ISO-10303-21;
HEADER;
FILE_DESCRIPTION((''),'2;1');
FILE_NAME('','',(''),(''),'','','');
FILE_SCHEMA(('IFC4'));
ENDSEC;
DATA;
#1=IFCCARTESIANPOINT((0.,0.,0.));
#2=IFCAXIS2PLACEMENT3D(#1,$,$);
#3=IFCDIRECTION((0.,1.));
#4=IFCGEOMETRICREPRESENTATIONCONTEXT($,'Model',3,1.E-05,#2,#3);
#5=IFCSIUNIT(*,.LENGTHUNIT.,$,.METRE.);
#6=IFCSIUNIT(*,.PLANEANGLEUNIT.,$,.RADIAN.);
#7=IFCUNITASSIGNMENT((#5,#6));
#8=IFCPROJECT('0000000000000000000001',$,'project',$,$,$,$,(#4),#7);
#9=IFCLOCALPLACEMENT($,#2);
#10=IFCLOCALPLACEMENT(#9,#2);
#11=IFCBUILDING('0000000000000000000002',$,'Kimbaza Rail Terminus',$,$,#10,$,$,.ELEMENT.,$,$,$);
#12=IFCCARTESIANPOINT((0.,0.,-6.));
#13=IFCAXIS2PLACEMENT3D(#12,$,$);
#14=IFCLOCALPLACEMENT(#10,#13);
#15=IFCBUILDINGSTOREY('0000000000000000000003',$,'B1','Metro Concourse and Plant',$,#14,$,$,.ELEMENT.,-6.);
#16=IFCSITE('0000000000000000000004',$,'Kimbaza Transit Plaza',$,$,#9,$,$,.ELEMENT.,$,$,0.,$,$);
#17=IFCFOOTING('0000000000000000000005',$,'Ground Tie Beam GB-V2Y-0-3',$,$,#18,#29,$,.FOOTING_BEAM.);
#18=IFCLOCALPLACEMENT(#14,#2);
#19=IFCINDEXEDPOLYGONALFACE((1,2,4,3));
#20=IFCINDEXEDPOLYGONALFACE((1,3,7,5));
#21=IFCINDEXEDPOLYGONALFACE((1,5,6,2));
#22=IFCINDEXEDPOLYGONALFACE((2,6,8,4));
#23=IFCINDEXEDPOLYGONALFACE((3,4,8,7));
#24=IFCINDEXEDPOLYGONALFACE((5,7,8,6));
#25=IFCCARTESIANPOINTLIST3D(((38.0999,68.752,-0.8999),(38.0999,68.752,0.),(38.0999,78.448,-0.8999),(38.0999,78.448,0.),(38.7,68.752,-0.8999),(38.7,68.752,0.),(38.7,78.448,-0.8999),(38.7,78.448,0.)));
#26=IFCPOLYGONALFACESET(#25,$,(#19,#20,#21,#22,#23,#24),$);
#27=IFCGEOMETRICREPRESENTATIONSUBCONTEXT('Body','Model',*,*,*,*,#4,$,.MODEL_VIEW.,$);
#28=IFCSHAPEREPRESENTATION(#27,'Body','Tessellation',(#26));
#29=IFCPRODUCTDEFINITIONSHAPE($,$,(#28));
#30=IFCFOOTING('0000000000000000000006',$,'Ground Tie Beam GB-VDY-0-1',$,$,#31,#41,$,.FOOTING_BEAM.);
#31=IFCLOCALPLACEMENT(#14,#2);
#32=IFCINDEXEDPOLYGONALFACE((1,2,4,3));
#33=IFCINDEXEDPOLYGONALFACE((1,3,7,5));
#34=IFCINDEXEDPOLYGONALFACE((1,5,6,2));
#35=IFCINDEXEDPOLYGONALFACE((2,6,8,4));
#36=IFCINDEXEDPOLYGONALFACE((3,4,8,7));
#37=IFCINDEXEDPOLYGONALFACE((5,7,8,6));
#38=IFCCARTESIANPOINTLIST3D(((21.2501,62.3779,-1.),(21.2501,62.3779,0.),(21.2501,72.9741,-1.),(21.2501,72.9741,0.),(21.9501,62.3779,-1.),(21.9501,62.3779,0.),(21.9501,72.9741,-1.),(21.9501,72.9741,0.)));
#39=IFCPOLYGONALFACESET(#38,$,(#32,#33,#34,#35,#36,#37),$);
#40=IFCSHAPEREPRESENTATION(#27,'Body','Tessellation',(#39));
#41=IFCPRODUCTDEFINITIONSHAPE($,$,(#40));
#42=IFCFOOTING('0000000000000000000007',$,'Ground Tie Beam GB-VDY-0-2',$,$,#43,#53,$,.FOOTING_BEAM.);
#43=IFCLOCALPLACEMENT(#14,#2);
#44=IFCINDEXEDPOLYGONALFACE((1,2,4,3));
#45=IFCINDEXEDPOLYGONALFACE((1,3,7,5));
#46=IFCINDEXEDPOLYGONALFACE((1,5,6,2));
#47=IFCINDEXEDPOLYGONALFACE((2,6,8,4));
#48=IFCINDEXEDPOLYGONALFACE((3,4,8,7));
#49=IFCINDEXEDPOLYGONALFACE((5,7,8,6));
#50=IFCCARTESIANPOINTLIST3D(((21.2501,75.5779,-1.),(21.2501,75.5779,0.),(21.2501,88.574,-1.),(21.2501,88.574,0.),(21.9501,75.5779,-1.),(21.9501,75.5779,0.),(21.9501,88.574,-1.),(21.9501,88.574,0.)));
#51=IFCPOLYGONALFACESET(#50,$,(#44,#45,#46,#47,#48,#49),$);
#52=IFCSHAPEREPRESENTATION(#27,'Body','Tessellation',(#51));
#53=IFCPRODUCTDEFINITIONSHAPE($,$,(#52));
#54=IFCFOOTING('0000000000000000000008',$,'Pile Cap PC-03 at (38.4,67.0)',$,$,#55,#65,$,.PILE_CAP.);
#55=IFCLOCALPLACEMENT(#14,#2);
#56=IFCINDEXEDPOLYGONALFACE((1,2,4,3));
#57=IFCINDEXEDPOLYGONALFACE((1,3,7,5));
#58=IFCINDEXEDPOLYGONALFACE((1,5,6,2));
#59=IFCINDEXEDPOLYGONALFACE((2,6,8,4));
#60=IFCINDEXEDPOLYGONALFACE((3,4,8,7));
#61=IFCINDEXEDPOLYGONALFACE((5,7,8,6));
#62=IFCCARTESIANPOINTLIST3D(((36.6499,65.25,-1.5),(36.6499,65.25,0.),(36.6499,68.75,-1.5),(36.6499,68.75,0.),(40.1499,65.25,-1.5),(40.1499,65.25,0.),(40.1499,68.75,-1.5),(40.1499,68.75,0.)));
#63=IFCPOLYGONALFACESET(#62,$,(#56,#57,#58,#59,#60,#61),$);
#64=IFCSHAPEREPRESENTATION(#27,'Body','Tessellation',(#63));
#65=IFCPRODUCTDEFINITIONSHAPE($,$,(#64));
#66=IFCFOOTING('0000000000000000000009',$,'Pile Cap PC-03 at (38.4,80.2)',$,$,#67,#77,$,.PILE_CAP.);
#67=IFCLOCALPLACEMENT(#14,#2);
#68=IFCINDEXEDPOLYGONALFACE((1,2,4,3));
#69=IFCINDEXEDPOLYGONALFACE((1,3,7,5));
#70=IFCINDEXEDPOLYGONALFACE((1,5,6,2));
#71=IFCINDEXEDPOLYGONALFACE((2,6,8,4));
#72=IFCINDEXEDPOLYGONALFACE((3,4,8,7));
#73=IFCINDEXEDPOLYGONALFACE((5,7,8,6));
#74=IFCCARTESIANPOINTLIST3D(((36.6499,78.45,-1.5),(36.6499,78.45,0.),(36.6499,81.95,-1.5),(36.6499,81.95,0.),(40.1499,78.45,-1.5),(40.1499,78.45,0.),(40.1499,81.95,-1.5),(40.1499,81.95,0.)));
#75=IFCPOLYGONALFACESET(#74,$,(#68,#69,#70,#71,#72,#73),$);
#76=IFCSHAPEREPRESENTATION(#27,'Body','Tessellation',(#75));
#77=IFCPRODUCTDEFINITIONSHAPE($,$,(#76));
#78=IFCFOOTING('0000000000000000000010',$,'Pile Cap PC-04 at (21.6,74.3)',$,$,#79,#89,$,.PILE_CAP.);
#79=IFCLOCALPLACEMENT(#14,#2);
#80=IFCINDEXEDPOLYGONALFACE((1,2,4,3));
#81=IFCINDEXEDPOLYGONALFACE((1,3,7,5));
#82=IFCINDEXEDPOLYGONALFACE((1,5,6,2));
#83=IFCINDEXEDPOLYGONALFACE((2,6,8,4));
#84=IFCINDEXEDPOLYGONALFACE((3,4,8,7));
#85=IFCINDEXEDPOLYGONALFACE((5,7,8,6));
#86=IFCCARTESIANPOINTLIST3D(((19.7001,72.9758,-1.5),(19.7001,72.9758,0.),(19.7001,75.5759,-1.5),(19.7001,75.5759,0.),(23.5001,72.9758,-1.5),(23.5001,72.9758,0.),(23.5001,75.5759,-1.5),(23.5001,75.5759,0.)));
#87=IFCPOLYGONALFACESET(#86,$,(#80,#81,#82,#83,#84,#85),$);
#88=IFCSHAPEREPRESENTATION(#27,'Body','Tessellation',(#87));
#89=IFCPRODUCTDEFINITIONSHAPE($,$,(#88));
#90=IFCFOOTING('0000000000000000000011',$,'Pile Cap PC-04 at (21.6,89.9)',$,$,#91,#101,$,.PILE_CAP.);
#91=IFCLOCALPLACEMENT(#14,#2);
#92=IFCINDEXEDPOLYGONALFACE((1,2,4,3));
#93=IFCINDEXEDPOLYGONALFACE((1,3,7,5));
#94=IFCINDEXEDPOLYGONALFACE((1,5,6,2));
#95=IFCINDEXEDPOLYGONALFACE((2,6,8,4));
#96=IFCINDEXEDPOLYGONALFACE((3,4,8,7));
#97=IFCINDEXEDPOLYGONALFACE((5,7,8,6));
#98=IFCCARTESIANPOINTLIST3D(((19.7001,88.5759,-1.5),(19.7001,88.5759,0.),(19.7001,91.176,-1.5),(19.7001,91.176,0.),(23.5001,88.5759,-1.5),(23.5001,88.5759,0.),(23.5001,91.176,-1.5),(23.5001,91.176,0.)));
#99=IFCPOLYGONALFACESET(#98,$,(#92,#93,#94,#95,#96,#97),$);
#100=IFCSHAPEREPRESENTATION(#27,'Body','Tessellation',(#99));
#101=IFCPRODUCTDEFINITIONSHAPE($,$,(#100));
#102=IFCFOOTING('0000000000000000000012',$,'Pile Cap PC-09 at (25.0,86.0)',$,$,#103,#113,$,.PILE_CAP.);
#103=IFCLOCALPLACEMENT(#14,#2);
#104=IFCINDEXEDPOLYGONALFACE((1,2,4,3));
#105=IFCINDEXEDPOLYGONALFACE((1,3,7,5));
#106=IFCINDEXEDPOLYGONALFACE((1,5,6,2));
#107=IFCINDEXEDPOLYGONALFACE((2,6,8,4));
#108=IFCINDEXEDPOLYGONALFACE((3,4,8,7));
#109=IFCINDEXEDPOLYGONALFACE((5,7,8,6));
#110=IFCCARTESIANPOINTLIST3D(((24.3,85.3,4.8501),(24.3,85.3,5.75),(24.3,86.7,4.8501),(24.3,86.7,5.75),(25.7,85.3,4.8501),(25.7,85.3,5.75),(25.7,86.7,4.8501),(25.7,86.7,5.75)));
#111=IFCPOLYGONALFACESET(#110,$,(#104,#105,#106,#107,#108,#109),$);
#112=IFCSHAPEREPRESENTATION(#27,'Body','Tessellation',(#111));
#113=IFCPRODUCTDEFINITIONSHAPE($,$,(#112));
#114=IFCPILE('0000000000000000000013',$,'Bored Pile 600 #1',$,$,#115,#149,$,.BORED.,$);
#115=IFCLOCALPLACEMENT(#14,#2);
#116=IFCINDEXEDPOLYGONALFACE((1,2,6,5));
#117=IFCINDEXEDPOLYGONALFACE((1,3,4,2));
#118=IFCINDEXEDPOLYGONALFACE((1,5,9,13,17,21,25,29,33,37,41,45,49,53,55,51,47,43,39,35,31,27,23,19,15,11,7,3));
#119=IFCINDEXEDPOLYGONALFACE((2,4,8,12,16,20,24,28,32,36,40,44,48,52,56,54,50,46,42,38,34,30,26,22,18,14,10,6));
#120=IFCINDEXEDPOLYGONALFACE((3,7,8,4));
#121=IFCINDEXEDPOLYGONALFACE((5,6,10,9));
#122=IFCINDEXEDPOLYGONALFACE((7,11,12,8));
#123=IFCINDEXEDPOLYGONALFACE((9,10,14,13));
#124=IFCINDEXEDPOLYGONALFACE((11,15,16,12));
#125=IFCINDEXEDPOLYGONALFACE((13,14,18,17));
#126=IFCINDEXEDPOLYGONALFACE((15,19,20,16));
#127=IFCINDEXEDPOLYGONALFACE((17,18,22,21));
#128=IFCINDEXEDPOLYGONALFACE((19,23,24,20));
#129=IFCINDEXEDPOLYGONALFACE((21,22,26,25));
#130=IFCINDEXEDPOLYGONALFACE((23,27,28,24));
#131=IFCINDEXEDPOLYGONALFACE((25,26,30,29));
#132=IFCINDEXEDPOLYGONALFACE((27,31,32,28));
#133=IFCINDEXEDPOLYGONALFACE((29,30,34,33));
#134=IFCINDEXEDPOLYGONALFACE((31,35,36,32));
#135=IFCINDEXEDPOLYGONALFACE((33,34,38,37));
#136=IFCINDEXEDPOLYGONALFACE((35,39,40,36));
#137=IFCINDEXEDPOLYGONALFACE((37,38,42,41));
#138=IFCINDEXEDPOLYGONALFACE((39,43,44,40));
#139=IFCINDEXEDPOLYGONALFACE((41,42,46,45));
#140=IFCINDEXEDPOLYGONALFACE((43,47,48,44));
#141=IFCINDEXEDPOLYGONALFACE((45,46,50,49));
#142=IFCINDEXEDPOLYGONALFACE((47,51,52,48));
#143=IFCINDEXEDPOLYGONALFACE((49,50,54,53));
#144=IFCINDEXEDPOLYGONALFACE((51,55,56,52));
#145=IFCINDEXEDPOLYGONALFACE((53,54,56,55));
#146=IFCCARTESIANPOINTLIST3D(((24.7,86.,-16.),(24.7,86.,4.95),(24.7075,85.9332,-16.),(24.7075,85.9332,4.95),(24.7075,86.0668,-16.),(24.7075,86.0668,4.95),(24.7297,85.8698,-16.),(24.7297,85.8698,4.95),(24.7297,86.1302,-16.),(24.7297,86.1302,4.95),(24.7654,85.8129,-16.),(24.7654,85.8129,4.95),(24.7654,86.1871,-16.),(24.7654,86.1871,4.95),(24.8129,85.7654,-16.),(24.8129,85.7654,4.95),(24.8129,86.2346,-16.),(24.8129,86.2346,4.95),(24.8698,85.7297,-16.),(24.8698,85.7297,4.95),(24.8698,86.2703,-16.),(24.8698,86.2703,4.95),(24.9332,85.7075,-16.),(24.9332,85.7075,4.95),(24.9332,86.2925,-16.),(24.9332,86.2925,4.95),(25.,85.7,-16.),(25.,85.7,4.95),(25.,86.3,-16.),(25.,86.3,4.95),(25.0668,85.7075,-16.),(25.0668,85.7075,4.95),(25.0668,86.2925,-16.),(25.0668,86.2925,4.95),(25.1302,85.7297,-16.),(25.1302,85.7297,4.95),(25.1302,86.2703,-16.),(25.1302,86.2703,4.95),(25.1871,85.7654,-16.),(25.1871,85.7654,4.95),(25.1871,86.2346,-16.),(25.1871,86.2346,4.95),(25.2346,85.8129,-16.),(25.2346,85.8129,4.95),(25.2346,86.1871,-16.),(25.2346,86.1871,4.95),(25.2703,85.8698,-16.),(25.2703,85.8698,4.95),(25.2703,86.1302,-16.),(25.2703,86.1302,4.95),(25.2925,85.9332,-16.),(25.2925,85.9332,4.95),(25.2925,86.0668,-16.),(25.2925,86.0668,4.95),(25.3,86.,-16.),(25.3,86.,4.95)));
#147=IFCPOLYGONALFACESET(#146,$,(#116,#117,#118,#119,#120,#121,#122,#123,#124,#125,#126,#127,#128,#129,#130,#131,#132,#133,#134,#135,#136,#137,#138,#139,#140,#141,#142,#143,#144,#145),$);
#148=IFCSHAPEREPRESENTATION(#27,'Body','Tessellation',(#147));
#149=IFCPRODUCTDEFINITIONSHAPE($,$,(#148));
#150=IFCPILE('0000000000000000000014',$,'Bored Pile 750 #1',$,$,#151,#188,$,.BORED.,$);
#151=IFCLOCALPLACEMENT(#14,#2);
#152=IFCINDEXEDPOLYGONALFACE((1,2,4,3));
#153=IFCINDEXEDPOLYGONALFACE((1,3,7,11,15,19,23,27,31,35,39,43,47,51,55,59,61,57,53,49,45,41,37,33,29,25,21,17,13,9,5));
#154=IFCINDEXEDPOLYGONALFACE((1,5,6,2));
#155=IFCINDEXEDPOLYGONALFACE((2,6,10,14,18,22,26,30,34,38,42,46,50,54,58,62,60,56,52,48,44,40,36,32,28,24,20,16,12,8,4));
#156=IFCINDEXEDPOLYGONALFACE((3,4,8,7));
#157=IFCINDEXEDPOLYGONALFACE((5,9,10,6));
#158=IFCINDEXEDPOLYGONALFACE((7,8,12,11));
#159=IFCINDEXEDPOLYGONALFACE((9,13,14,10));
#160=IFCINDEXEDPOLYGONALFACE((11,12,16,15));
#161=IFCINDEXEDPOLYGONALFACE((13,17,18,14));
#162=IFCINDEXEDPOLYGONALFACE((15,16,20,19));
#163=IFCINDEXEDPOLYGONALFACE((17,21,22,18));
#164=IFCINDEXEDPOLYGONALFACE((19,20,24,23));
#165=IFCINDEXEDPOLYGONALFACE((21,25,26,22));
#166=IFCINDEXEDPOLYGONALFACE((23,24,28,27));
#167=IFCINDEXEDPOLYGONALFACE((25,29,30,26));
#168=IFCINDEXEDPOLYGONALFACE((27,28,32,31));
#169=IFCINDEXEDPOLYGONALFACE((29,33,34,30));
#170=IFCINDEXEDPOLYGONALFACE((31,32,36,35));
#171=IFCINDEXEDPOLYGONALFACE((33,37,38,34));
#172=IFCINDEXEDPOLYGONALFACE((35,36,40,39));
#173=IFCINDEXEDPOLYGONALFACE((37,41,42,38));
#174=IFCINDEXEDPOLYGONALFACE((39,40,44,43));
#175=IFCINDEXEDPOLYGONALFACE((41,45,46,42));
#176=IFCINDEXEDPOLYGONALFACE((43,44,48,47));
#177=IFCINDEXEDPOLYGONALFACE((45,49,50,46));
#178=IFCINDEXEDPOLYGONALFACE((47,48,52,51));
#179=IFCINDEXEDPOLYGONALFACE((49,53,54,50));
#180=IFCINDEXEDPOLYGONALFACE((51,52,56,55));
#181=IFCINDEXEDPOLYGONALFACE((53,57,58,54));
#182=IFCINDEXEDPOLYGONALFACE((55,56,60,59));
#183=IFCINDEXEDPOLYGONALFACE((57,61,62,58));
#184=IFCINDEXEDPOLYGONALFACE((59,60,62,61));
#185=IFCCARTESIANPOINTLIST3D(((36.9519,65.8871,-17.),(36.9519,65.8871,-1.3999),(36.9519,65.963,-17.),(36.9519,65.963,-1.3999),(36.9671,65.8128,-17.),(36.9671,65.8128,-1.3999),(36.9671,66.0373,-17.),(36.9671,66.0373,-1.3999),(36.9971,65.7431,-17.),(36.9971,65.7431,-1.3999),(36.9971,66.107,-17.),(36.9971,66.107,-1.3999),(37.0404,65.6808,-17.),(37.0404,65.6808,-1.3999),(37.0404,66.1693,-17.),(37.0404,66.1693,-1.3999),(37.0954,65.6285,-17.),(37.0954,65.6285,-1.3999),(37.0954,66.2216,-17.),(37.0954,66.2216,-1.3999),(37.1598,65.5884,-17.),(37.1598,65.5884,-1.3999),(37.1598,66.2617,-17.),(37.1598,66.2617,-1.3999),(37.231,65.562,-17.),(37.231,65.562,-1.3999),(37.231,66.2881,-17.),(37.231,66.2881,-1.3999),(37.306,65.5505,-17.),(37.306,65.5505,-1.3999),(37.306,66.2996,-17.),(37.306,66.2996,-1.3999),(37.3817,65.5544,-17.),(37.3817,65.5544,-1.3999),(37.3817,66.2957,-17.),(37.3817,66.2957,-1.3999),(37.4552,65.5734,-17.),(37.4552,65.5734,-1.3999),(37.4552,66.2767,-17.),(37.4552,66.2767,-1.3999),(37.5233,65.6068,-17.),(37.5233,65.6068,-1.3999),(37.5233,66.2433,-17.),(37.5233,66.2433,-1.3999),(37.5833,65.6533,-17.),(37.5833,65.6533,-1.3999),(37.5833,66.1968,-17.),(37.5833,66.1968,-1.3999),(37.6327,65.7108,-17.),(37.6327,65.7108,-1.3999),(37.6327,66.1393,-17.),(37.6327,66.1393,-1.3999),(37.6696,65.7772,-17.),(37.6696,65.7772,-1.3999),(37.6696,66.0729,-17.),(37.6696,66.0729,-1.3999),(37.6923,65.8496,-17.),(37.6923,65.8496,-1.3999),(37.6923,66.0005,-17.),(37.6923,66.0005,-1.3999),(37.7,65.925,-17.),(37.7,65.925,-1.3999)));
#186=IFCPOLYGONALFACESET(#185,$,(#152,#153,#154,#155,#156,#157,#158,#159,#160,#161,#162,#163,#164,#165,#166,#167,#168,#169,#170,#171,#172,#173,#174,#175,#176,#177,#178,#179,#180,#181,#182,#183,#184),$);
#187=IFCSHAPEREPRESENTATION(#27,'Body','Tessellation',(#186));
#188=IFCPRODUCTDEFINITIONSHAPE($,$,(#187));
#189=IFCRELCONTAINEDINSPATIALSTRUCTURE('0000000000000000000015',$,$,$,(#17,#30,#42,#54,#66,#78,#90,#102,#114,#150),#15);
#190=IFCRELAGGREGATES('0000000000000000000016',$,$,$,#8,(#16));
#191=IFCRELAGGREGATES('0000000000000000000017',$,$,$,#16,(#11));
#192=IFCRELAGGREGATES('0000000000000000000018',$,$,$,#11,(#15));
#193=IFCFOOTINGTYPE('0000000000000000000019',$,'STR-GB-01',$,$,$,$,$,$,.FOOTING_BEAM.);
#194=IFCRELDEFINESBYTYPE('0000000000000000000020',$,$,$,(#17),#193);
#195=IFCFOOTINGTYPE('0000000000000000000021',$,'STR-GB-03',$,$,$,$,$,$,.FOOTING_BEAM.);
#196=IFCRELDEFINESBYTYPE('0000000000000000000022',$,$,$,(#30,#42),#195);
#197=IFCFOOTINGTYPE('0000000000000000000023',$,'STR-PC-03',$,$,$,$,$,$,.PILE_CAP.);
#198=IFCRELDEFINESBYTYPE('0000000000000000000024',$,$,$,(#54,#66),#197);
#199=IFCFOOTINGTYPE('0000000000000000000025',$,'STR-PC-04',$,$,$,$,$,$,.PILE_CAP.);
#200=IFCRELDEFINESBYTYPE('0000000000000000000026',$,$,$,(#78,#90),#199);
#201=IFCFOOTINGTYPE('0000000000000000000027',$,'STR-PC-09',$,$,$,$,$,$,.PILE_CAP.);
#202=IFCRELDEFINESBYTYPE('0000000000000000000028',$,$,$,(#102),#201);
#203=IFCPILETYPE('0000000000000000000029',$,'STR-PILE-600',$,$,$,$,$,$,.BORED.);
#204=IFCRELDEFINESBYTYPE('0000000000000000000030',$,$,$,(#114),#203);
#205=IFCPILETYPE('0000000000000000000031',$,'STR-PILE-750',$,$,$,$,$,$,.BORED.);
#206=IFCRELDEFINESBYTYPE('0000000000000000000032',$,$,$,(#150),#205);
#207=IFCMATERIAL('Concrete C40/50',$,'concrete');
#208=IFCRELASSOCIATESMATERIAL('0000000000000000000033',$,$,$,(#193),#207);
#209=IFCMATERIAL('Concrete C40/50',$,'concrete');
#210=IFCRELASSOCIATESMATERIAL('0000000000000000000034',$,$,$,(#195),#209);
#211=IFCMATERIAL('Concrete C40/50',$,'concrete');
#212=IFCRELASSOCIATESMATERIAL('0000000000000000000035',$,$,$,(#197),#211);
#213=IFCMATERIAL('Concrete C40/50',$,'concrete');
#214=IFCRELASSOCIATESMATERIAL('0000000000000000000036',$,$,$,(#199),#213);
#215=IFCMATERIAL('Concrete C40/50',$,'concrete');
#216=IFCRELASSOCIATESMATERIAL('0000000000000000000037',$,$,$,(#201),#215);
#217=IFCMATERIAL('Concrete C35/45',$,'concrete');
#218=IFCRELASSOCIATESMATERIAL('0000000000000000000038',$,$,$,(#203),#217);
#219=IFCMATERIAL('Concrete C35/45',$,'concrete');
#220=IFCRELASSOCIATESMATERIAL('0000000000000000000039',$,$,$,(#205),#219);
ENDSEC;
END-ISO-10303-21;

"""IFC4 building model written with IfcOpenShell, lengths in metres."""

from ifc_helpers import new_model, si_unit, direction, frame, origin, origin_2d, place, context, subcontext, project, spatial, rectangle, circle, extrude, material, material_profile, profile_set, type_object, element, save


model = new_model("IFC4")

# Units and contexts
model_context = context("Model", 3, precision=1e-05, world=origin(), true_north=direction((0.0, 1.0)))
body_context = subcontext(model_context, "Body", "Model", "MODEL_VIEW")
ifc_project = project(units=[si_unit("LENGTHUNIT", "METRE"), si_unit("PLANEANGLEUNIT", "RADIAN")], contexts=[model_context])

# Site, building, storey
site_placement = place(None, origin())
site = spatial("IfcSite", under=ifc_project, at=site_placement, Name="Kimbaza Transit Plaza", CompositionType="ELEMENT", RefElevation=0.0)
building_placement = place(site_placement, origin())
building = spatial("IfcBuilding", under=site, at=building_placement, Name="Kimbaza Rail Terminus", CompositionType="ELEMENT")
storey_placement = place(building_placement, frame((0.0, 0.0, -6.0)))
storey = spatial("IfcBuildingStorey", under=building, at=storey_placement, Name="B1", Description="Metro Concourse and Plant", CompositionType="ELEMENT", Elevation=-6.0)

# Footings
ifc_material_1 = material(Name="Concrete C40/50", Category="concrete")
ifc_material_profile_1 = material_profile(ifc_material_1, rectangle(XDim=0.6001, YDim=0.8999, at=origin_2d()), Name="GB-01 600x900")
ifc_profile_set_1 = profile_set([ifc_material_profile_1], Name="Concrete C40/50")
footing_type_1 = type_object("IfcFootingType", Name="STR-GB-01", PredefinedType="FOOTING_BEAM", material=ifc_profile_set_1)
footing_1_placement = place(storey_placement, frame((38.3999, 68.752, -0.45), z_axis=(0.0, 1.0, 0.0), x_axis=(-1.0, 0.0, 0.0)))
element("IfcFooting", 1, at=footing_1_placement, inside=storey, type_object=footing_type_1, Name="Ground Tie Beam GB-V2Y-0-3", PredefinedType="FOOTING_BEAM", context=body_context, shape_type="SweptSolid", body=[
    extrude(rectangle(XDim=0.6001, YDim=0.8999, at=origin_2d()), origin(), (0.0, 0.0, 1.0), 9.696),
])
ifc_material_2 = material(Name="Concrete C40/50", Category="concrete")
ifc_material_profile_2 = material_profile(ifc_material_2, rectangle(XDim=0.7, YDim=1.0, at=origin_2d()), Name="GB-03 700x1000")
ifc_profile_set_2 = profile_set([ifc_material_profile_2], Name="Concrete C40/50")
footing_type_2 = type_object("IfcFootingType", Name="STR-GB-03", PredefinedType="FOOTING_BEAM", material=ifc_profile_set_2)
footing_2_placement = place(storey_placement, frame((21.6001, 62.3779, -0.5), z_axis=(0.0, 1.0, 0.0), x_axis=(-1.0, 0.0, 0.0)))
element("IfcFooting", 2, at=footing_2_placement, inside=storey, type_object=footing_type_2, Name="Ground Tie Beam GB-VDY-0-1", PredefinedType="FOOTING_BEAM", context=body_context, shape_type="SweptSolid", body=[
    extrude(rectangle(XDim=0.7, YDim=1.0, at=origin_2d()), origin(), (0.0, 0.0, 1.0), 10.5962),
])
footing_3_placement = place(storey_placement, frame((21.6001, 75.5779, -0.5), z_axis=(0.0, 1.0, 0.0), x_axis=(-1.0, 0.0, 0.0)))
element("IfcFooting", 3, at=footing_3_placement, inside=storey, type_object=footing_type_2, Name="Ground Tie Beam GB-VDY-0-2", PredefinedType="FOOTING_BEAM", context=body_context, shape_type="SweptSolid", body=[
    extrude(rectangle(XDim=0.7, YDim=1.0, at=origin_2d()), origin(), (0.0, 0.0, 1.0), 12.9961),
])
ifc_material_3 = material(Name="Concrete C40/50", Category="concrete")
footing_type_3 = type_object("IfcFootingType", Name="STR-PC-03", PredefinedType="PILE_CAP", material=ifc_material_3)
for number, where, z_axis, x_axis, name in (
    (4, (38.3999, 67.0, -1.5), (0.0, 0.0, 1.0), (1.0, 0.0, 0.0), "Pile Cap PC-03 at (38.4,67.0)"),
    (5, (38.3999, 80.2, -1.5), (0.0, 0.0, 1.0), (1.0, 0.0, 0.0), "Pile Cap PC-03 at (38.4,80.2)"),
):
    element("IfcFooting", number, at=place(storey_placement, frame(where, z_axis=z_axis, x_axis=x_axis)), inside=storey, type_object=footing_type_3, Name=name, PredefinedType="PILE_CAP", context=body_context, shape_type="SweptSolid", body=[
        extrude(rectangle(XDim=3.5, YDim=3.5, at=origin_2d()), origin(), (0.0, 0.0, 1.0), 1.5),
    ])
ifc_material_4 = material(Name="Concrete C40/50", Category="concrete")
footing_type_4 = type_object("IfcFootingType", Name="STR-PC-04", PredefinedType="PILE_CAP", material=ifc_material_4)
for number, where, z_axis, x_axis, name in (
    (6, (21.6001, 74.2759, -1.5), (0.0, 0.0, 1.0), (1.0, 0.0, 0.0), "Pile Cap PC-04 at (21.6,74.3)"),
    (7, (21.6001, 89.876, -1.5), (0.0, 0.0, 1.0), (1.0, 0.0, 0.0), "Pile Cap PC-04 at (21.6,89.9)"),
):
    element("IfcFooting", number, at=place(storey_placement, frame(where, z_axis=z_axis, x_axis=x_axis)), inside=storey, type_object=footing_type_4, Name=name, PredefinedType="PILE_CAP", context=body_context, shape_type="SweptSolid", body=[
        extrude(rectangle(XDim=3.8, YDim=2.6001, at=origin_2d()), origin(), (0.0, 0.0, 1.0), 1.5),
    ])
ifc_material_5 = material(Name="Concrete C40/50", Category="concrete")
footing_type_5 = type_object("IfcFootingType", Name="STR-PC-09", PredefinedType="PILE_CAP", material=ifc_material_5)
footing_4_placement = place(storey_placement, frame((25.0, 86.0, 4.8501), z_axis=(0.0, 0.0, 1.0), x_axis=(1.0, 0.0, 0.0)))
element("IfcFooting", 8, at=footing_4_placement, inside=storey, type_object=footing_type_5, Name="Pile Cap PC-09 at (25.0,86.0)", PredefinedType="PILE_CAP", context=body_context, shape_type="SweptSolid", body=[
    extrude(rectangle(XDim=1.3999, YDim=1.3999, at=origin_2d()), origin(), (0.0, 0.0, 1.0), 0.8999),
])

# Piles
ifc_material_6 = material(Name="Concrete C35/45", Category="concrete")
ifc_material_profile_3 = material_profile(ifc_material_6, circle(Radius=0.3, at=origin_2d()), Name="BORED PILE 600")
ifc_profile_set_3 = profile_set([ifc_material_profile_3], Name="Concrete C35/45")
pile_type_1 = type_object("IfcPileType", Name="STR-PILE-600", PredefinedType="BORED", material=ifc_profile_set_3)
pile_1_placement = place(storey_placement, frame((25.0, 86.0, 4.95), z_axis=(0.0, 0.0, -1.0), x_axis=(1.0, 0.0, 0.0)))
element("IfcPile", 9, at=pile_1_placement, inside=storey, type_object=pile_type_1, Name="Bored Pile 600 #1", PredefinedType="BORED", context=body_context, shape_type="SweptSolid", body=[
    extrude(circle(Radius=0.3, at=origin_2d()), origin(), (0.0, 0.0, 1.0), 20.95),
])
ifc_material_7 = material(Name="Concrete C35/45", Category="concrete")
ifc_material_profile_4 = material_profile(ifc_material_7, circle(Radius=0.375, at=origin_2d()), Name="BORED PILE 750")
ifc_profile_set_4 = profile_set([ifc_material_profile_4], Name="Concrete C35/45")
pile_type_2 = type_object("IfcPileType", Name="STR-PILE-750", PredefinedType="BORED", material=ifc_profile_set_4)
for number, where, z_axis, x_axis, name in (
    (10, (37.325, 65.925, -1.3999), (0.0, 0.0, -1.0), (1.0, 0.0, 0.0), "Bored Pile 750 #1"),
):
    element("IfcPile", number, at=place(storey_placement, frame(where, z_axis=z_axis, x_axis=x_axis)), inside=storey, type_object=pile_type_2, Name=name, PredefinedType="BORED", context=body_context, shape_type="SweptSolid", body=[
        extrude(circle(Radius=0.375, at=origin_2d()), origin(), (0.0, 0.0, 1.0), 15.6001),
    ])

save(model, "model.ifc")
